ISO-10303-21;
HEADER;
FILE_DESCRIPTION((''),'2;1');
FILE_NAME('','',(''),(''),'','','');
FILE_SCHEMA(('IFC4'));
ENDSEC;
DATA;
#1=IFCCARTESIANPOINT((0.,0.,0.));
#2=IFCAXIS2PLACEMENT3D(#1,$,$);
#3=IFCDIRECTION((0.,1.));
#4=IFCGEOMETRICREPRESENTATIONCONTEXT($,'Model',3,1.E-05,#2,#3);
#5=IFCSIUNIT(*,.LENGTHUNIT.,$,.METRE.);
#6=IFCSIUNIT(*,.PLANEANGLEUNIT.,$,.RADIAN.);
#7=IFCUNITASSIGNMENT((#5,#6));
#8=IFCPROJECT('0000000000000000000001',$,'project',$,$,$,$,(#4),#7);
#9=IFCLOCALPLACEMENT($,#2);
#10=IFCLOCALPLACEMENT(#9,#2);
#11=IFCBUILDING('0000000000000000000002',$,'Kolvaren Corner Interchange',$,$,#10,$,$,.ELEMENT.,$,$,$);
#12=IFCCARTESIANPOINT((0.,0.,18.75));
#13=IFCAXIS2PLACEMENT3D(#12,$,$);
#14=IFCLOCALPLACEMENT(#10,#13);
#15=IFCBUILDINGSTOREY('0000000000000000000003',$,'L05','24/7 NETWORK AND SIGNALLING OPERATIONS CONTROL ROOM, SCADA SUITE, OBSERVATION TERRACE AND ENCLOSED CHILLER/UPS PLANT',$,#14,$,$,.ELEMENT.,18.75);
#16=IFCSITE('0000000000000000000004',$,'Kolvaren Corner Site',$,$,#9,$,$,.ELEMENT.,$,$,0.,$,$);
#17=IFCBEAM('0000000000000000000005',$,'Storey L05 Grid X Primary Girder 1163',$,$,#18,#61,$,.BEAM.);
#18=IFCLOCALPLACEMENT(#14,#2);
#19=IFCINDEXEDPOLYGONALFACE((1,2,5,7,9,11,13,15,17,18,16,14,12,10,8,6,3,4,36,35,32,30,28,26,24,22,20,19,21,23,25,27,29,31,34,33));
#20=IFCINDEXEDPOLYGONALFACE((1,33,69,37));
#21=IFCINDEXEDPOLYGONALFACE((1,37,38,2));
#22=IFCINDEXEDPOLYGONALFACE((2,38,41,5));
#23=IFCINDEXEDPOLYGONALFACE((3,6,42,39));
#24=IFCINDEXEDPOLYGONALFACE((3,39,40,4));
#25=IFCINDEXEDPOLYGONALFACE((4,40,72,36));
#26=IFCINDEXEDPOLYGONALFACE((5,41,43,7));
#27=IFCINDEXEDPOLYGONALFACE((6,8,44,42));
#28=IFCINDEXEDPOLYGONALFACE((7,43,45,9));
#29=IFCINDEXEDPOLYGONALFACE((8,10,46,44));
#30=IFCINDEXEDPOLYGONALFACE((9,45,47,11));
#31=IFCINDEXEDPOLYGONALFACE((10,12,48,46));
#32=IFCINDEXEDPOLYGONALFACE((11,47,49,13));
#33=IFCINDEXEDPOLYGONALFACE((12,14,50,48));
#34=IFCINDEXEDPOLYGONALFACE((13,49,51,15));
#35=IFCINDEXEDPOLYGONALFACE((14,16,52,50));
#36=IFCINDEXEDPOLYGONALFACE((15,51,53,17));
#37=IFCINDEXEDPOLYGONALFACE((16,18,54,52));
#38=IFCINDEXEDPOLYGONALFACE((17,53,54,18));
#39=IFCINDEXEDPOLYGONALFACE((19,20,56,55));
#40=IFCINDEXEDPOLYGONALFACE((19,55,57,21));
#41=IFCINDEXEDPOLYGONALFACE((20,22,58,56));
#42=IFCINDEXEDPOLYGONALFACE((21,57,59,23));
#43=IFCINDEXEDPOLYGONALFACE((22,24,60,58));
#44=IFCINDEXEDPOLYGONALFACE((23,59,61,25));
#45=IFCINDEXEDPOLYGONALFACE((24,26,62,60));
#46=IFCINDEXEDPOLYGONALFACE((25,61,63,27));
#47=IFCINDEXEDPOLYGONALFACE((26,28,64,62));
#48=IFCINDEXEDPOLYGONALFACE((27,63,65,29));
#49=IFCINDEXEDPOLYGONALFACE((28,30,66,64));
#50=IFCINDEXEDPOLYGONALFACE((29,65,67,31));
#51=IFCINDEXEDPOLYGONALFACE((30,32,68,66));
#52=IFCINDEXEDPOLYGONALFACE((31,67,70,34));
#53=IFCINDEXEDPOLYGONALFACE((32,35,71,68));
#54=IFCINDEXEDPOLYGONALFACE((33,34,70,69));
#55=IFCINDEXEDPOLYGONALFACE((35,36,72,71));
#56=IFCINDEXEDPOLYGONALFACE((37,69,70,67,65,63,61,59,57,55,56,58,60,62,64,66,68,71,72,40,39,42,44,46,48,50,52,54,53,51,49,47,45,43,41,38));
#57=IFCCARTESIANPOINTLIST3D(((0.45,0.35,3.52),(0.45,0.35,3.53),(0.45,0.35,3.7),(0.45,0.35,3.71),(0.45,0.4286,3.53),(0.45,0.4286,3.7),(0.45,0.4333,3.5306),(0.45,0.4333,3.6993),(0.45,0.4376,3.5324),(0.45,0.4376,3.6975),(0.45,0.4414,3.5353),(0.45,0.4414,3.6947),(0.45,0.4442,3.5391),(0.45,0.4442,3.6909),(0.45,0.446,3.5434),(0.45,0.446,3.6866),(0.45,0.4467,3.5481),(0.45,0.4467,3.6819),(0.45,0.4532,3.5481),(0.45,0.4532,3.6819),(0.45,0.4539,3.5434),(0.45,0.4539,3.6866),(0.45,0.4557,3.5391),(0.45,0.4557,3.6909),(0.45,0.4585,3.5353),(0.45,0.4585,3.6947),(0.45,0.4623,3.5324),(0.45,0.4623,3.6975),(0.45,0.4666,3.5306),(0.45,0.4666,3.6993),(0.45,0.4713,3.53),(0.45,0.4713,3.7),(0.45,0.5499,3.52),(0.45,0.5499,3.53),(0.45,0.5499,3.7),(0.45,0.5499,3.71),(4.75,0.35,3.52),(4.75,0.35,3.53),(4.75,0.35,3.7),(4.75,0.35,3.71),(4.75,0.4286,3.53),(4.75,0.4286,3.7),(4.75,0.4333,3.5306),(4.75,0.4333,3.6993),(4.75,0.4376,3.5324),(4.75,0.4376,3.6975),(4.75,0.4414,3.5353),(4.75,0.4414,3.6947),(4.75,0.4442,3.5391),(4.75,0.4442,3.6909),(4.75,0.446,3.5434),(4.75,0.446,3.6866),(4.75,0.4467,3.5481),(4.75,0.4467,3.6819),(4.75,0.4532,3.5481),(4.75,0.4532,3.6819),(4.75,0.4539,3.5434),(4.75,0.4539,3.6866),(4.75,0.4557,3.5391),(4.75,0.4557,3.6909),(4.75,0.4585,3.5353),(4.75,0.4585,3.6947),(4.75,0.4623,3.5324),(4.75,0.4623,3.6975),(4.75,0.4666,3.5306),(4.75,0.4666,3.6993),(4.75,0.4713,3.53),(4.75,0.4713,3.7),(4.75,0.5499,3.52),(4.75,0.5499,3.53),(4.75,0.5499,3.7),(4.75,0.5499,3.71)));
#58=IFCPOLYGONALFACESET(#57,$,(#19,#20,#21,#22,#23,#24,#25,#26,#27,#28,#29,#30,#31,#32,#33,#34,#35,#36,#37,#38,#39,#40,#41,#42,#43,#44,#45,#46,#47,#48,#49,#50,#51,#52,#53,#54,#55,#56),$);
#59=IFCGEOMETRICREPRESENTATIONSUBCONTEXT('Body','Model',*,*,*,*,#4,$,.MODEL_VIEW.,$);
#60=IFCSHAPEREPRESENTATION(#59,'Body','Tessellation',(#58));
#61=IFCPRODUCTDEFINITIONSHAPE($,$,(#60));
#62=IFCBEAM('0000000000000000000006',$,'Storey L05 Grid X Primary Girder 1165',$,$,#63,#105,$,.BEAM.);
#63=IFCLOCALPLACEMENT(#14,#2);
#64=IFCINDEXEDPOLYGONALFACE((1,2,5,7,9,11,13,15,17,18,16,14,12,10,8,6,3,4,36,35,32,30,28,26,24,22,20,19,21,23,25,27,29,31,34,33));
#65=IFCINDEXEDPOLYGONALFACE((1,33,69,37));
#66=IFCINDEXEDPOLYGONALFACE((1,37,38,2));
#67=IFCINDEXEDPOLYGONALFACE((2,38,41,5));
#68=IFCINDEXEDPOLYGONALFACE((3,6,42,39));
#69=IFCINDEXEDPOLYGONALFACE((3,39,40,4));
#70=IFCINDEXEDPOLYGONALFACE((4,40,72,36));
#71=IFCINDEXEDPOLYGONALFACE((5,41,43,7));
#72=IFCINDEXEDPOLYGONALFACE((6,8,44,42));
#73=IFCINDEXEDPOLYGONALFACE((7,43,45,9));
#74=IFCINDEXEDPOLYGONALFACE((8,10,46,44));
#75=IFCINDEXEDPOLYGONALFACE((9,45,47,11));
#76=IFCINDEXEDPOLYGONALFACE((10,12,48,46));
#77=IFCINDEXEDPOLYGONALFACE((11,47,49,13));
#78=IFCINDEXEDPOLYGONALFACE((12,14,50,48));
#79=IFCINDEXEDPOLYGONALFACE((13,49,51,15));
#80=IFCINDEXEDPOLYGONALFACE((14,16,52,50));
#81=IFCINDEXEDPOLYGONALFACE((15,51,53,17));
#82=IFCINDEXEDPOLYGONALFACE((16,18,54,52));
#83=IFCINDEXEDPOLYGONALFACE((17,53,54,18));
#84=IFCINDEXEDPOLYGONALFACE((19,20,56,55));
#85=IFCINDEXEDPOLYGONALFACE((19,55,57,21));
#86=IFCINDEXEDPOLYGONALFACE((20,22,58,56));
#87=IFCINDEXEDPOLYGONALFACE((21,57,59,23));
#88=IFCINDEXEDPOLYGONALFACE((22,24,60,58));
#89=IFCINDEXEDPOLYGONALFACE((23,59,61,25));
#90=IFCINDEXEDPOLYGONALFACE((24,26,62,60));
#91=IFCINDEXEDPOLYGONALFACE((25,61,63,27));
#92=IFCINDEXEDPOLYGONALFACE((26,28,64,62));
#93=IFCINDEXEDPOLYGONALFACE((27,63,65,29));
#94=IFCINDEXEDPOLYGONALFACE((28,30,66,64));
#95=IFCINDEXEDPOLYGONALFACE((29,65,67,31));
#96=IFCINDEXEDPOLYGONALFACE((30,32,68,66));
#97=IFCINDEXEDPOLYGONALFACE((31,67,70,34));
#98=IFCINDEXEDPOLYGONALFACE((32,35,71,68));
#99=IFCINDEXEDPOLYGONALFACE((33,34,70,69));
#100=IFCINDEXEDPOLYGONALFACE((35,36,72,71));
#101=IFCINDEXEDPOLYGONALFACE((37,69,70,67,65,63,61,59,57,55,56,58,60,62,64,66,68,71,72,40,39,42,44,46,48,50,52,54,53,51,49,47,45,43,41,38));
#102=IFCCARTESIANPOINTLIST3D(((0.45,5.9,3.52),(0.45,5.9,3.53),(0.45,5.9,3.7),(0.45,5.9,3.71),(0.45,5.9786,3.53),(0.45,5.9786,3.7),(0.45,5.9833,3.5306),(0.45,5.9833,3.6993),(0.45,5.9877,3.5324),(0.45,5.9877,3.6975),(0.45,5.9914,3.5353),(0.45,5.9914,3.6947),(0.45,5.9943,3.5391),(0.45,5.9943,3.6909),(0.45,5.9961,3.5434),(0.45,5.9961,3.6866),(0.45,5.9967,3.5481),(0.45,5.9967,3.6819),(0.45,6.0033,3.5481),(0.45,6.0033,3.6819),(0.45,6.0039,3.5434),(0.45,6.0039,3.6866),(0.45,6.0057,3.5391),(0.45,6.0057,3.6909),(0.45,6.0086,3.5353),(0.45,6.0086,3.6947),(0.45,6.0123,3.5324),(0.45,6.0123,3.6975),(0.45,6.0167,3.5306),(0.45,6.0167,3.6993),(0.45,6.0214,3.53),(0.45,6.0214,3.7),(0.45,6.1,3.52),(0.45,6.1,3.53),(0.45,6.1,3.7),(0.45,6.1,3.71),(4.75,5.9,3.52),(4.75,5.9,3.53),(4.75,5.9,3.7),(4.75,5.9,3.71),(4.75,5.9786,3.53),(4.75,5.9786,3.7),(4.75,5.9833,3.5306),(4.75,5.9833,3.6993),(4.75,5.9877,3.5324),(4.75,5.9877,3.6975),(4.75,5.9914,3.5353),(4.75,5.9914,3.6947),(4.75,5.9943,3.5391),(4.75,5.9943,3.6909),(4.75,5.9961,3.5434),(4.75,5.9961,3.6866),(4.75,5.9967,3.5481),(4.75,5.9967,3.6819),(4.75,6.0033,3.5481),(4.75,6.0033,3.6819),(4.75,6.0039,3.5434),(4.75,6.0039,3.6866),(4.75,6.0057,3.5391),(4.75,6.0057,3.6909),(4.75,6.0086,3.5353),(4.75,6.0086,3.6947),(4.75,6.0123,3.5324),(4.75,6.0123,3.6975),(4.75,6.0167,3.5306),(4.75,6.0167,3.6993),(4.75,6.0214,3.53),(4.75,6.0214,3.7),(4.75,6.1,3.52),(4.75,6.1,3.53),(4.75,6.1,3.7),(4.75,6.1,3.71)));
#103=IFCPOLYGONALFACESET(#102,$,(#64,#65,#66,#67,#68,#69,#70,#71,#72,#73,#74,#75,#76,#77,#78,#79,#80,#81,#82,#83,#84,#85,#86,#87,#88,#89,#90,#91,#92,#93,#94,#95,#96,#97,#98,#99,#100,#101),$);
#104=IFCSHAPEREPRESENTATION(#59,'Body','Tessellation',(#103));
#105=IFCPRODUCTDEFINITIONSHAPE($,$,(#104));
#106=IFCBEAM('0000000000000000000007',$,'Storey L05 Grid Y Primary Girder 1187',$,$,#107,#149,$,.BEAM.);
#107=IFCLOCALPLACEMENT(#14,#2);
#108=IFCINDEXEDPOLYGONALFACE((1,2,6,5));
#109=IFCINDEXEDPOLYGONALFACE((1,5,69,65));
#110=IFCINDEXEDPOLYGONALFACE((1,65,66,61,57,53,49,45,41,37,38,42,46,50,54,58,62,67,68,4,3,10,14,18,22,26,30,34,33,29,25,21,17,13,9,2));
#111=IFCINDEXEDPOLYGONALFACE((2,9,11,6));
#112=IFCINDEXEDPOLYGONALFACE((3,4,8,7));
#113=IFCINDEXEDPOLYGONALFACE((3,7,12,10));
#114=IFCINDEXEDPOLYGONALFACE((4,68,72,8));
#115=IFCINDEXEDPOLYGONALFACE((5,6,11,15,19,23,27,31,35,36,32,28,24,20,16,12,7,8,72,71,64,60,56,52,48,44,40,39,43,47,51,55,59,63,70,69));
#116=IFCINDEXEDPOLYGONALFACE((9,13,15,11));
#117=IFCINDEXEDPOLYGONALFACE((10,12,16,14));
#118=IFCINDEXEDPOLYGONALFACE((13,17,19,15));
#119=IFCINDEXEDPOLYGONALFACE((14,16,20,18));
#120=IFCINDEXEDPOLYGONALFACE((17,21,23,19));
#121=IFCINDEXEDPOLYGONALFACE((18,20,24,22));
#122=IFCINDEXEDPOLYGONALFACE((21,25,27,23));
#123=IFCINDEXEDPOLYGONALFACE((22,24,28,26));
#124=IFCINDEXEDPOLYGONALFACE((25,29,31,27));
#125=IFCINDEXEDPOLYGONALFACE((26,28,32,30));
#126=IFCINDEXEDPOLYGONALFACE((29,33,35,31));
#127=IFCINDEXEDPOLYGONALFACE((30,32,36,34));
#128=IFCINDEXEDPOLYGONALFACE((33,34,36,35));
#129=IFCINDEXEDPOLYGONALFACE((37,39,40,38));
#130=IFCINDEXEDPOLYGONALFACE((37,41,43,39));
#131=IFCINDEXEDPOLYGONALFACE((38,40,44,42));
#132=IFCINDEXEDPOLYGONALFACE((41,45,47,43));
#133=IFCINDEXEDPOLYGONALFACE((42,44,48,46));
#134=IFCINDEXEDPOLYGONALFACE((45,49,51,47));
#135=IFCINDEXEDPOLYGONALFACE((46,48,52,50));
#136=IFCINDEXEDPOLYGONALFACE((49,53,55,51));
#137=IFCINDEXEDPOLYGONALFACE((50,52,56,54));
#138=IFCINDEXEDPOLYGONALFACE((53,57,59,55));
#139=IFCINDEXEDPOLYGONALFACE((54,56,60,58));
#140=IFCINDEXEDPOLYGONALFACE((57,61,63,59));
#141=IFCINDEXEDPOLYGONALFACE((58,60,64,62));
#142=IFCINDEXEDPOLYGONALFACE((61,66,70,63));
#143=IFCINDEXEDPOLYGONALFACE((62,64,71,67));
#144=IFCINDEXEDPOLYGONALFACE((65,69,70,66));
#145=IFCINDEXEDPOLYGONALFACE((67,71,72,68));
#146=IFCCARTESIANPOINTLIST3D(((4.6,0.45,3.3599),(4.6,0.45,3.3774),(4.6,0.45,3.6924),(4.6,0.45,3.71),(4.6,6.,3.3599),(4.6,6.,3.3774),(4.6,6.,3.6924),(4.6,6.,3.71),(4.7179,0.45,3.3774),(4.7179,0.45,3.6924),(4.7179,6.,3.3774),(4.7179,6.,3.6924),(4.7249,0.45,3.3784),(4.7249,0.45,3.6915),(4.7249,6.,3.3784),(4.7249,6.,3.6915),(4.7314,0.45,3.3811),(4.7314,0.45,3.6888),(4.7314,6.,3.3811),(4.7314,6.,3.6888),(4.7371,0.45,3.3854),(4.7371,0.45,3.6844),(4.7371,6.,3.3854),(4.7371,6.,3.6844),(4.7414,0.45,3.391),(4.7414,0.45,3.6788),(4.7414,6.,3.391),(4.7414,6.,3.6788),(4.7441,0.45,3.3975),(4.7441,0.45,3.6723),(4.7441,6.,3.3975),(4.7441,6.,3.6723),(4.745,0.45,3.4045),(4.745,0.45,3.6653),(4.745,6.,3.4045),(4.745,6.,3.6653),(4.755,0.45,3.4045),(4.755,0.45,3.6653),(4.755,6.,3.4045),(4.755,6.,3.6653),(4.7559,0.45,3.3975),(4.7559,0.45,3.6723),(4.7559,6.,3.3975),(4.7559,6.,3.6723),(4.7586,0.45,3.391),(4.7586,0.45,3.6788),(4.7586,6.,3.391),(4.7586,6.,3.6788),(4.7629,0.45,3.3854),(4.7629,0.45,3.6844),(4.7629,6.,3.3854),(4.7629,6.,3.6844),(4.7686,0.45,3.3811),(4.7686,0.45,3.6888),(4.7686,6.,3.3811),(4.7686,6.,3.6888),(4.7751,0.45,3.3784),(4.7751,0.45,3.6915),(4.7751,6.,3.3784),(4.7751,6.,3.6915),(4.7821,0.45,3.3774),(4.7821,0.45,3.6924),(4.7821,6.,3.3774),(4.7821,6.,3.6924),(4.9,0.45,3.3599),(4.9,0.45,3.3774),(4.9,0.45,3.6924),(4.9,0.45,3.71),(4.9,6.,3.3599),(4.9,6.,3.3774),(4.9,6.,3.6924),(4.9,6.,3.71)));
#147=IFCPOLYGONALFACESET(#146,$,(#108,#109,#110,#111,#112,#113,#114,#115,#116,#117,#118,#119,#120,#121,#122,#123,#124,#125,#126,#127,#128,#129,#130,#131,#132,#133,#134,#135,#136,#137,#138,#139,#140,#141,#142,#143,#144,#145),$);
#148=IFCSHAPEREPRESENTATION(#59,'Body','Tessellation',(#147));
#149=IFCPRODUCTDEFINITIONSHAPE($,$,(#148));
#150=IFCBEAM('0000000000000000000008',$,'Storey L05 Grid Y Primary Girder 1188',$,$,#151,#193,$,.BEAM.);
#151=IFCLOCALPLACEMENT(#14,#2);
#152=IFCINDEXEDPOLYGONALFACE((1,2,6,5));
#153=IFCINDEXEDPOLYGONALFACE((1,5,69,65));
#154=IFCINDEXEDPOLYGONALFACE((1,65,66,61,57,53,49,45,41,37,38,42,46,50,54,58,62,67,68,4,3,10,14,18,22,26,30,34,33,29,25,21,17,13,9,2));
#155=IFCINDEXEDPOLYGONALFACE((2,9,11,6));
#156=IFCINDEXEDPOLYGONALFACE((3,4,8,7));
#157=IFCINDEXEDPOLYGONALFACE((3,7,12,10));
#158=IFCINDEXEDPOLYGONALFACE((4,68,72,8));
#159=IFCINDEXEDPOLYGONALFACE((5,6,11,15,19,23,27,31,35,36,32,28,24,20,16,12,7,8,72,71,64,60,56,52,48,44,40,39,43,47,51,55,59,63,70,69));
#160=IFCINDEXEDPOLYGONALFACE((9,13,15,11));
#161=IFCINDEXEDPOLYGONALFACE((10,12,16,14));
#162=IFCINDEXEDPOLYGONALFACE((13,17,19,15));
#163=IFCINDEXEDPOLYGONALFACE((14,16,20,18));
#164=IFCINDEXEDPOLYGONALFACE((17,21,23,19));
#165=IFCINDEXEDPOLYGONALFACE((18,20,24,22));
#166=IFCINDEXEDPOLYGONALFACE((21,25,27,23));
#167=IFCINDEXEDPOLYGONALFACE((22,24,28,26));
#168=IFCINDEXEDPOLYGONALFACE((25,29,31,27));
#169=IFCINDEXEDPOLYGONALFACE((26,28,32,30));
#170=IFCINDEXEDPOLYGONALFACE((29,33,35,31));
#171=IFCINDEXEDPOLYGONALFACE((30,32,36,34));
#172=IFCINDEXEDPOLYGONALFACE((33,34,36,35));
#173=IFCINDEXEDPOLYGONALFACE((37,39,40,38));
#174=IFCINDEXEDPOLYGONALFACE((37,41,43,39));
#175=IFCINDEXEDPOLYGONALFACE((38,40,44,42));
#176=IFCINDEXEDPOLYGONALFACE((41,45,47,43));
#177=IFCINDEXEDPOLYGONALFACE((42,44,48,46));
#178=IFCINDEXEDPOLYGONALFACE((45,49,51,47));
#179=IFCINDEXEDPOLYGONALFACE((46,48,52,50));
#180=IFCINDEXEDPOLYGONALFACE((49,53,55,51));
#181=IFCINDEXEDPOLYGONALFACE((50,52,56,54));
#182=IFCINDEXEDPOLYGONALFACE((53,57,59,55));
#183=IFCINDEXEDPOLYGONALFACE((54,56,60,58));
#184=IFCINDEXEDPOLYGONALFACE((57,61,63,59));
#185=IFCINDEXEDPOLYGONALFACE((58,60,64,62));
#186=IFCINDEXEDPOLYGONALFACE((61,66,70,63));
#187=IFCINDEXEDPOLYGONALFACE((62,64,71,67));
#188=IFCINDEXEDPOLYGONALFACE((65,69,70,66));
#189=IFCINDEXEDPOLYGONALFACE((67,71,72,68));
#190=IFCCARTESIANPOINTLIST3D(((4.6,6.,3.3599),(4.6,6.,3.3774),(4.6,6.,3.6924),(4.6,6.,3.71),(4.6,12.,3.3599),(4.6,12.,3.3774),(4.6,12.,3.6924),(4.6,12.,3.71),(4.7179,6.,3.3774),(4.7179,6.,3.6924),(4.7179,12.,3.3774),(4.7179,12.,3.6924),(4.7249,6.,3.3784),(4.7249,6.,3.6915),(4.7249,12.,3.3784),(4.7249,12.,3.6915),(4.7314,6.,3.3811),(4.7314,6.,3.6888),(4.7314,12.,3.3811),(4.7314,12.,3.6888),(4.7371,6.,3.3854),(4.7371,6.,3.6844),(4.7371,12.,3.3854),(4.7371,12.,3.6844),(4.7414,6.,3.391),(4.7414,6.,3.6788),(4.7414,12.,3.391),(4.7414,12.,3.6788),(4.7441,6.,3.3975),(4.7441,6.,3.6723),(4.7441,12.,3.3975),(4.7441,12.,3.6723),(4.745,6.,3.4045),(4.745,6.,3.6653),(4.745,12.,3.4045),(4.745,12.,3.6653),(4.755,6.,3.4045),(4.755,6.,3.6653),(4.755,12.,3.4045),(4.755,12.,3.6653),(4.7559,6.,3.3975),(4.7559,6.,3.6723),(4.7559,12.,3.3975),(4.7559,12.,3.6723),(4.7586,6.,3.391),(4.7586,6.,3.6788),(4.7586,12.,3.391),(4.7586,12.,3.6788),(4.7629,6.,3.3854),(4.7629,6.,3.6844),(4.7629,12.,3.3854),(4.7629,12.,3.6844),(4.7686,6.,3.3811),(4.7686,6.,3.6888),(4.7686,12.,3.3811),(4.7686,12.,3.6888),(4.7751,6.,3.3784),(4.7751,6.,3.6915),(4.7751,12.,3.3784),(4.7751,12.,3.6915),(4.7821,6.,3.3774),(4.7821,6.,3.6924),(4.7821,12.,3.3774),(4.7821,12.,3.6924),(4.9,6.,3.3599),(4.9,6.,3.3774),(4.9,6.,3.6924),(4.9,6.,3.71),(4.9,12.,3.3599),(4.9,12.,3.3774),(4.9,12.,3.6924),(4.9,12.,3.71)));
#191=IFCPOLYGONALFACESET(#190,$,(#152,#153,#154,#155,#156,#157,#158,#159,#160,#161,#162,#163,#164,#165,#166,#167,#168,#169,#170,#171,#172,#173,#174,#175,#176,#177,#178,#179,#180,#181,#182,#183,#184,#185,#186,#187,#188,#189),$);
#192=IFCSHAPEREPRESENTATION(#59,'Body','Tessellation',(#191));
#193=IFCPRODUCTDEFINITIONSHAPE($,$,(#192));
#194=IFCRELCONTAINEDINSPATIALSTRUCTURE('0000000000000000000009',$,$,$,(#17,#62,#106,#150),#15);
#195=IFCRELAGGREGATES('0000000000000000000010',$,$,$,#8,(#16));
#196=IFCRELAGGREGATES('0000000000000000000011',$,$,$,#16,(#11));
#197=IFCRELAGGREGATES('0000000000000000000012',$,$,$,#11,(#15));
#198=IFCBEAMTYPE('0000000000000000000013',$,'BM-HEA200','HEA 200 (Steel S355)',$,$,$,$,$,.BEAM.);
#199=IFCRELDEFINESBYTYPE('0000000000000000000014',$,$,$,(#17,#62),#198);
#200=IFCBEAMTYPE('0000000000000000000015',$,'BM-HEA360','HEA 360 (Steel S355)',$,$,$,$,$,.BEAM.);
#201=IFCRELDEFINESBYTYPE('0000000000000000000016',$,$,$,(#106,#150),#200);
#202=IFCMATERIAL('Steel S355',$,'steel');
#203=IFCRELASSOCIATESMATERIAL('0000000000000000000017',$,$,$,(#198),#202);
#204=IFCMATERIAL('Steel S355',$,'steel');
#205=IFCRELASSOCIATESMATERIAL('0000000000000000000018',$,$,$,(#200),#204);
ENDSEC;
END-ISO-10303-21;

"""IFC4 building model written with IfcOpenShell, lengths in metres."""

from ifc_helpers import new_model, si_unit, direction, frame, origin, origin_2d, place, context, subcontext, project, spatial, i_section, extrude, material, material_profile, profile_set, type_object, element, save


model = new_model("IFC4")

# Units and contexts
model_context = context("Model", 3, precision=1e-05, world=origin(), true_north=direction((0.0, 1.0)))
body_context = subcontext(model_context, "Body", "Model", "MODEL_VIEW")
ifc_project = project(units=[si_unit("LENGTHUNIT", "METRE"), si_unit("PLANEANGLEUNIT", "RADIAN")], contexts=[model_context])

# Site, building, storey
site_placement = place(None, origin())
site = spatial("IfcSite", under=ifc_project, at=site_placement, Name="Kolvaren Corner Site", CompositionType="ELEMENT", RefElevation=0.0)
building_placement = place(site_placement, origin())
building = spatial("IfcBuilding", under=site, at=building_placement, Name="Kolvaren Corner Interchange", CompositionType="ELEMENT")
storey_placement = place(building_placement, frame((0.0, 0.0, 18.75)))
storey = spatial("IfcBuildingStorey", under=building, at=storey_placement, Name="L05", Description="24/7 NETWORK AND SIGNALLING OPERATIONS CONTROL ROOM, SCADA SUITE, OBSERVATION TERRACE AND ENCLOSED CHILLER/UPS PLANT", CompositionType="ELEMENT", Elevation=18.75)

# Beams
ifc_material_1 = material(Name="Steel S355", Category="steel")
ifc_material_profile_1 = material_profile(ifc_material_1, i_section(OverallWidth=0.2, OverallDepth=0.1899, WebThickness=0.0066, FlangeThickness=0.01, FilletRadius=0.0181, at=origin_2d()), Name="HEA 200")
ifc_profile_set_1 = profile_set([ifc_material_profile_1], Name="Steel S355")
beam_type_1 = type_object("IfcBeamType", Name="BM-HEA200", Description="HEA 200 (Steel S355)", PredefinedType="BEAM", material=ifc_profile_set_1)
for number, where, z_axis, x_axis, name in (
    (1, (0.45, 0.45, 3.615), (1.0, 0.0, 0.0), (0.0, 1.0, 0.0), "Storey L05 Grid X Primary Girder 1163"),
    (2, (0.45, 6.0, 3.615), (1.0, 0.0, 0.0), (0.0, 1.0, 0.0), "Storey L05 Grid X Primary Girder 1165"),
):
    element("IfcBeam", number, at=place(storey_placement, frame(where, z_axis=z_axis, x_axis=x_axis)), inside=storey, type_object=beam_type_1, Name=name, PredefinedType="BEAM", context=body_context, shape_type="SweptSolid", body=[
        extrude(i_section(OverallWidth=0.2, OverallDepth=0.1899, WebThickness=0.0066, FlangeThickness=0.01, FilletRadius=0.0181, at=origin_2d()), origin(), (0.0, 0.0, 1.0), 4.3),
    ])
ifc_material_2 = material(Name="Steel S355", Category="steel")
ifc_material_profile_2 = material_profile(ifc_material_2, i_section(OverallWidth=0.3, OverallDepth=0.3501, WebThickness=0.01, FlangeThickness=0.0176, FilletRadius=0.0271, at=origin_2d()), Name="HEA 360")
ifc_profile_set_2 = profile_set([ifc_material_profile_2], Name="Steel S355")
beam_type_2 = type_object("IfcBeamType", Name="BM-HEA360", Description="HEA 360 (Steel S355)", PredefinedType="BEAM", material=ifc_profile_set_2)
beam_1_placement = place(storey_placement, frame((4.75, 0.45, 3.5349), z_axis=(0.0, 1.0, 0.0), x_axis=(-1.0, 0.0, 0.0)))
element("IfcBeam", 3, at=beam_1_placement, inside=storey, type_object=beam_type_2, Name="Storey L05 Grid Y Primary Girder 1187", PredefinedType="BEAM", context=body_context, shape_type="SweptSolid", body=[
    extrude(i_section(OverallWidth=0.3, OverallDepth=0.3501, WebThickness=0.01, FlangeThickness=0.0176, FilletRadius=0.0271, at=origin_2d()), origin(), (0.0, 0.0, 1.0), 5.55),
])
beam_2_placement = place(storey_placement, frame((4.75, 6.0, 3.5349), z_axis=(0.0, 1.0, 0.0), x_axis=(-1.0, 0.0, 0.0)))
element("IfcBeam", 4, at=beam_2_placement, inside=storey, type_object=beam_type_2, Name="Storey L05 Grid Y Primary Girder 1188", PredefinedType="BEAM", context=body_context, shape_type="SweptSolid", body=[
    extrude(i_section(OverallWidth=0.3, OverallDepth=0.3501, WebThickness=0.01, FlangeThickness=0.0176, FilletRadius=0.0271, at=origin_2d()), origin(), (0.0, 0.0, 1.0), 6.0),
])

save(model, "model.ifc")
